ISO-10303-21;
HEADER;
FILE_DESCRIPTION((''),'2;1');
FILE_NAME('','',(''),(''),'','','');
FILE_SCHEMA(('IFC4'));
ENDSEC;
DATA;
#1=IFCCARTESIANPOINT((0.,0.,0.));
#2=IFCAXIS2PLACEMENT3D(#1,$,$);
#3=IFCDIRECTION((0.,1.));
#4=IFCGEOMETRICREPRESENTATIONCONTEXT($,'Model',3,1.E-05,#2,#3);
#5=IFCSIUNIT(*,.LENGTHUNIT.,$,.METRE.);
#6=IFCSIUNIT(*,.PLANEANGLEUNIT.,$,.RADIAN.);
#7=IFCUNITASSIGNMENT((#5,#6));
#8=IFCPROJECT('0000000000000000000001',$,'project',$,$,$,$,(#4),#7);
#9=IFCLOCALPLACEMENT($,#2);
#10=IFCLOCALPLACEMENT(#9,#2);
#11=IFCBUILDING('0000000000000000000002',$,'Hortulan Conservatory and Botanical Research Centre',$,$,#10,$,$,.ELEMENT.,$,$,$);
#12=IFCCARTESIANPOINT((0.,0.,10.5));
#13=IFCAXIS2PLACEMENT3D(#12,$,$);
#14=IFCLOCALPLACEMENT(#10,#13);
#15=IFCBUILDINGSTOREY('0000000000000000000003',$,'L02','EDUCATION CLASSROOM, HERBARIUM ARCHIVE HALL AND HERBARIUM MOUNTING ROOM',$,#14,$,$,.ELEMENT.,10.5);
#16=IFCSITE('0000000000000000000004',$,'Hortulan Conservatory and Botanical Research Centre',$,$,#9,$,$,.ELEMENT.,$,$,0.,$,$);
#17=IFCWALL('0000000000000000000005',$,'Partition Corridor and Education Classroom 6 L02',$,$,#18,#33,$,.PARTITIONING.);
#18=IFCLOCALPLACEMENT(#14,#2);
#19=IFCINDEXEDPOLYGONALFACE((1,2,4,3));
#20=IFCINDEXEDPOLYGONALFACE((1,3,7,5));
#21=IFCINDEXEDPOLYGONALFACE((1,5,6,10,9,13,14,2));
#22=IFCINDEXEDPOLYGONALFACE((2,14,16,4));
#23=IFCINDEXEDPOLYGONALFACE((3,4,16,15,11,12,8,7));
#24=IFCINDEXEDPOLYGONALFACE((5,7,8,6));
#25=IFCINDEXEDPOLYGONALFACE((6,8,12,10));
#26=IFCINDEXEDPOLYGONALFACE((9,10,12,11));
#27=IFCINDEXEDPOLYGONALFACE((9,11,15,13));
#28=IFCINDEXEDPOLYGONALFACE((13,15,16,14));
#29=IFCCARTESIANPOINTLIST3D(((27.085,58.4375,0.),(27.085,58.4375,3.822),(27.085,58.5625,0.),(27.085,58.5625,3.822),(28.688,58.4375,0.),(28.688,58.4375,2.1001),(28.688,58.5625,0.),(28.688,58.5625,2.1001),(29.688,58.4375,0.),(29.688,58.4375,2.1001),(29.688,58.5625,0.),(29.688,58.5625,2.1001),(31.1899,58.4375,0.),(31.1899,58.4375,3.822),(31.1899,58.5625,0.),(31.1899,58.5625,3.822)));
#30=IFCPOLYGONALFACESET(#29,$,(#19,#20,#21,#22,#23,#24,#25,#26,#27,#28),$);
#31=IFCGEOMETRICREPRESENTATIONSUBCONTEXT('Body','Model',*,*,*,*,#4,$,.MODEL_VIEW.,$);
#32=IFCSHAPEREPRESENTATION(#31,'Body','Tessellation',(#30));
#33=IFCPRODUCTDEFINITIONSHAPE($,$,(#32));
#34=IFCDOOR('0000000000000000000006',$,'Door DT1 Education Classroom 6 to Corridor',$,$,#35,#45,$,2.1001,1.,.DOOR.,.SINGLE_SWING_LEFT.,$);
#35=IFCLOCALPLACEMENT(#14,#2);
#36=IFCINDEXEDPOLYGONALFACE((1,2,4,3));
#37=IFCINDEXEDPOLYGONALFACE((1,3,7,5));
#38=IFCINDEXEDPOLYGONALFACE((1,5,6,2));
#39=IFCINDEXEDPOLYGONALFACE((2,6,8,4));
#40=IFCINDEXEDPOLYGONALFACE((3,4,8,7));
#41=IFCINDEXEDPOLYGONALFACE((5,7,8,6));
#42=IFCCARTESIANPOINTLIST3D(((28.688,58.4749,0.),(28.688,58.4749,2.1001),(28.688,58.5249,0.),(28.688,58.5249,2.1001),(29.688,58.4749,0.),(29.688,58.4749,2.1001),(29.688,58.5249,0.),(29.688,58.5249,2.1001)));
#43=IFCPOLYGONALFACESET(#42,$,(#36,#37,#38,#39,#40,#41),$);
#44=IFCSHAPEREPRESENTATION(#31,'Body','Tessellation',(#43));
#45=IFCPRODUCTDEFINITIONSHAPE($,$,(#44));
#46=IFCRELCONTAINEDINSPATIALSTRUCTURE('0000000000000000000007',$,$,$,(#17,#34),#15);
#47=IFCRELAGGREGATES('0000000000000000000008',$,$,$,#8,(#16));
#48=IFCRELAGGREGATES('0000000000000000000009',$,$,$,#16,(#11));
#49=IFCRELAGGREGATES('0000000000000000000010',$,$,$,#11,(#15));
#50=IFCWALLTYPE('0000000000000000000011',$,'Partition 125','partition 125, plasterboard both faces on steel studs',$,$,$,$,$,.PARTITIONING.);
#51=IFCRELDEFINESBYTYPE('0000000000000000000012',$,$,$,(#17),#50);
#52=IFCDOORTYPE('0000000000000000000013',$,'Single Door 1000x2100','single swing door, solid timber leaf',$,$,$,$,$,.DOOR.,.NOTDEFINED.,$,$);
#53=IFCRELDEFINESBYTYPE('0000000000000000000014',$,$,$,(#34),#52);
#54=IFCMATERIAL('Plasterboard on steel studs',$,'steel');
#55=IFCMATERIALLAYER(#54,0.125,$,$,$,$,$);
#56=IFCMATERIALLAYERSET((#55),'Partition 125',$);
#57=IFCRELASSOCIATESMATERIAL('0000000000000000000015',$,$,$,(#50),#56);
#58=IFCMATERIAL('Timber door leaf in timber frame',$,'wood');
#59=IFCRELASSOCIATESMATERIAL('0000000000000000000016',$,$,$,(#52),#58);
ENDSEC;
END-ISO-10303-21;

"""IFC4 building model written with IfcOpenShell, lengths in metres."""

from ifc_helpers import new_model, si_unit, direction, frame, frame_2d, origin, place, context, subcontext, project, spatial, rectangle, extrude, material, layer, layer_set, type_object, element, fill, save


model = new_model("IFC4")

# Units and contexts
model_context = context("Model", 3, precision=1e-05, world=origin(), true_north=direction((0.0, 1.0)))
body_context = subcontext(model_context, "Body", "Model", "MODEL_VIEW")
ifc_project = project(units=[si_unit("LENGTHUNIT", "METRE"), si_unit("PLANEANGLEUNIT", "RADIAN")], contexts=[model_context])

# Site, building, storey
site_placement = place(None, origin())
site = spatial("IfcSite", under=ifc_project, at=site_placement, Name="Hortulan Conservatory and Botanical Research Centre", CompositionType="ELEMENT", RefElevation=0.0)
building_placement = place(site_placement, origin())
building = spatial("IfcBuilding", under=site, at=building_placement, Name="Hortulan Conservatory and Botanical Research Centre", CompositionType="ELEMENT")
storey_placement = place(building_placement, frame((0.0, 0.0, 10.5)))
storey = spatial("IfcBuildingStorey", under=building, at=storey_placement, Name="L02", Description="EDUCATION CLASSROOM, HERBARIUM ARCHIVE HALL AND HERBARIUM MOUNTING ROOM", CompositionType="ELEMENT", Elevation=10.5)

# Shared definitions
ifc_material_1 = material(Name="Plasterboard on steel studs", Category="steel")
ifc_layer_1 = layer(ifc_material_1, 0.125)
ifc_layer_set_1 = layer_set([ifc_layer_1], Name="Partition 125")
wall_type_1 = type_object("IfcWallType", Name="Partition 125", Description="partition 125, plasterboard both faces on steel studs", PredefinedType="PARTITIONING", material=ifc_layer_set_1)

# Wall, opening, door
wall_1_placement = place(storey_placement, frame((27.085, 58.5, 0.0), z_axis=(0.0, 0.0, 1.0), x_axis=(1.0, 0.0, 0.0)))
wall_1 = element("IfcWall", 1, at=wall_1_placement, inside=storey, type_object=wall_type_1, Name="Partition Corridor and Education Classroom 6 L02", PredefinedType="PARTITIONING", context=body_context, shape_type="SweptSolid", body=[
    extrude(rectangle(XDim=4.105, YDim=0.125, at=frame_2d((2.0525, 0.0))), origin(), (0.0, 0.0, 1.0), 3.822),
])
opening_1_placement = place(wall_1_placement, frame((1.603, 0.0, 0.0)))
opening_1 = element("IfcOpeningElement", 2, at=opening_1_placement, cuts=wall_1, PredefinedType="OPENING", context=body_context, shape_type="SweptSolid", body=[
    extrude(rectangle(XDim=1.0, YDim=2.1001, at=frame_2d((0.5, 1.05))), frame((0.0, 0.0725, 0.0), z_axis=(0.0, -1.0, 0.0), x_axis=(1.0, 0.0, 0.0)), (0.0, 0.0, 1.0), 0.145),
])
ifc_material_2 = material(Name="Timber door leaf in timber frame", Category="wood")
door_type_1 = type_object("IfcDoorType", Name="Single Door 1000x2100", Description="single swing door, solid timber leaf", OperationType="NOTDEFINED", PredefinedType="DOOR", material=ifc_material_2)
door_1_placement = place(opening_1_placement, origin())
door_1 = element("IfcDoor", 3, at=door_1_placement, inside=storey, type_object=door_type_1, Name="Door DT1 Education Classroom 6 to Corridor", OperationType="SINGLE_SWING_LEFT", OverallHeight=2.1001, OverallWidth=1.0, PredefinedType="DOOR", context=body_context, shape_type="SweptSolid", body=[
    extrude(rectangle(XDim=1.0, YDim=2.1001, at=frame_2d((0.5, 1.05))), frame((0.0, 0.0249, 0.0), z_axis=(0.0, -1.0, 0.0), x_axis=(1.0, 0.0, 0.0)), (0.0, 0.0, 1.0), 0.05),
])
fill(opening_1, door_1)

save(model, "model.ifc")
